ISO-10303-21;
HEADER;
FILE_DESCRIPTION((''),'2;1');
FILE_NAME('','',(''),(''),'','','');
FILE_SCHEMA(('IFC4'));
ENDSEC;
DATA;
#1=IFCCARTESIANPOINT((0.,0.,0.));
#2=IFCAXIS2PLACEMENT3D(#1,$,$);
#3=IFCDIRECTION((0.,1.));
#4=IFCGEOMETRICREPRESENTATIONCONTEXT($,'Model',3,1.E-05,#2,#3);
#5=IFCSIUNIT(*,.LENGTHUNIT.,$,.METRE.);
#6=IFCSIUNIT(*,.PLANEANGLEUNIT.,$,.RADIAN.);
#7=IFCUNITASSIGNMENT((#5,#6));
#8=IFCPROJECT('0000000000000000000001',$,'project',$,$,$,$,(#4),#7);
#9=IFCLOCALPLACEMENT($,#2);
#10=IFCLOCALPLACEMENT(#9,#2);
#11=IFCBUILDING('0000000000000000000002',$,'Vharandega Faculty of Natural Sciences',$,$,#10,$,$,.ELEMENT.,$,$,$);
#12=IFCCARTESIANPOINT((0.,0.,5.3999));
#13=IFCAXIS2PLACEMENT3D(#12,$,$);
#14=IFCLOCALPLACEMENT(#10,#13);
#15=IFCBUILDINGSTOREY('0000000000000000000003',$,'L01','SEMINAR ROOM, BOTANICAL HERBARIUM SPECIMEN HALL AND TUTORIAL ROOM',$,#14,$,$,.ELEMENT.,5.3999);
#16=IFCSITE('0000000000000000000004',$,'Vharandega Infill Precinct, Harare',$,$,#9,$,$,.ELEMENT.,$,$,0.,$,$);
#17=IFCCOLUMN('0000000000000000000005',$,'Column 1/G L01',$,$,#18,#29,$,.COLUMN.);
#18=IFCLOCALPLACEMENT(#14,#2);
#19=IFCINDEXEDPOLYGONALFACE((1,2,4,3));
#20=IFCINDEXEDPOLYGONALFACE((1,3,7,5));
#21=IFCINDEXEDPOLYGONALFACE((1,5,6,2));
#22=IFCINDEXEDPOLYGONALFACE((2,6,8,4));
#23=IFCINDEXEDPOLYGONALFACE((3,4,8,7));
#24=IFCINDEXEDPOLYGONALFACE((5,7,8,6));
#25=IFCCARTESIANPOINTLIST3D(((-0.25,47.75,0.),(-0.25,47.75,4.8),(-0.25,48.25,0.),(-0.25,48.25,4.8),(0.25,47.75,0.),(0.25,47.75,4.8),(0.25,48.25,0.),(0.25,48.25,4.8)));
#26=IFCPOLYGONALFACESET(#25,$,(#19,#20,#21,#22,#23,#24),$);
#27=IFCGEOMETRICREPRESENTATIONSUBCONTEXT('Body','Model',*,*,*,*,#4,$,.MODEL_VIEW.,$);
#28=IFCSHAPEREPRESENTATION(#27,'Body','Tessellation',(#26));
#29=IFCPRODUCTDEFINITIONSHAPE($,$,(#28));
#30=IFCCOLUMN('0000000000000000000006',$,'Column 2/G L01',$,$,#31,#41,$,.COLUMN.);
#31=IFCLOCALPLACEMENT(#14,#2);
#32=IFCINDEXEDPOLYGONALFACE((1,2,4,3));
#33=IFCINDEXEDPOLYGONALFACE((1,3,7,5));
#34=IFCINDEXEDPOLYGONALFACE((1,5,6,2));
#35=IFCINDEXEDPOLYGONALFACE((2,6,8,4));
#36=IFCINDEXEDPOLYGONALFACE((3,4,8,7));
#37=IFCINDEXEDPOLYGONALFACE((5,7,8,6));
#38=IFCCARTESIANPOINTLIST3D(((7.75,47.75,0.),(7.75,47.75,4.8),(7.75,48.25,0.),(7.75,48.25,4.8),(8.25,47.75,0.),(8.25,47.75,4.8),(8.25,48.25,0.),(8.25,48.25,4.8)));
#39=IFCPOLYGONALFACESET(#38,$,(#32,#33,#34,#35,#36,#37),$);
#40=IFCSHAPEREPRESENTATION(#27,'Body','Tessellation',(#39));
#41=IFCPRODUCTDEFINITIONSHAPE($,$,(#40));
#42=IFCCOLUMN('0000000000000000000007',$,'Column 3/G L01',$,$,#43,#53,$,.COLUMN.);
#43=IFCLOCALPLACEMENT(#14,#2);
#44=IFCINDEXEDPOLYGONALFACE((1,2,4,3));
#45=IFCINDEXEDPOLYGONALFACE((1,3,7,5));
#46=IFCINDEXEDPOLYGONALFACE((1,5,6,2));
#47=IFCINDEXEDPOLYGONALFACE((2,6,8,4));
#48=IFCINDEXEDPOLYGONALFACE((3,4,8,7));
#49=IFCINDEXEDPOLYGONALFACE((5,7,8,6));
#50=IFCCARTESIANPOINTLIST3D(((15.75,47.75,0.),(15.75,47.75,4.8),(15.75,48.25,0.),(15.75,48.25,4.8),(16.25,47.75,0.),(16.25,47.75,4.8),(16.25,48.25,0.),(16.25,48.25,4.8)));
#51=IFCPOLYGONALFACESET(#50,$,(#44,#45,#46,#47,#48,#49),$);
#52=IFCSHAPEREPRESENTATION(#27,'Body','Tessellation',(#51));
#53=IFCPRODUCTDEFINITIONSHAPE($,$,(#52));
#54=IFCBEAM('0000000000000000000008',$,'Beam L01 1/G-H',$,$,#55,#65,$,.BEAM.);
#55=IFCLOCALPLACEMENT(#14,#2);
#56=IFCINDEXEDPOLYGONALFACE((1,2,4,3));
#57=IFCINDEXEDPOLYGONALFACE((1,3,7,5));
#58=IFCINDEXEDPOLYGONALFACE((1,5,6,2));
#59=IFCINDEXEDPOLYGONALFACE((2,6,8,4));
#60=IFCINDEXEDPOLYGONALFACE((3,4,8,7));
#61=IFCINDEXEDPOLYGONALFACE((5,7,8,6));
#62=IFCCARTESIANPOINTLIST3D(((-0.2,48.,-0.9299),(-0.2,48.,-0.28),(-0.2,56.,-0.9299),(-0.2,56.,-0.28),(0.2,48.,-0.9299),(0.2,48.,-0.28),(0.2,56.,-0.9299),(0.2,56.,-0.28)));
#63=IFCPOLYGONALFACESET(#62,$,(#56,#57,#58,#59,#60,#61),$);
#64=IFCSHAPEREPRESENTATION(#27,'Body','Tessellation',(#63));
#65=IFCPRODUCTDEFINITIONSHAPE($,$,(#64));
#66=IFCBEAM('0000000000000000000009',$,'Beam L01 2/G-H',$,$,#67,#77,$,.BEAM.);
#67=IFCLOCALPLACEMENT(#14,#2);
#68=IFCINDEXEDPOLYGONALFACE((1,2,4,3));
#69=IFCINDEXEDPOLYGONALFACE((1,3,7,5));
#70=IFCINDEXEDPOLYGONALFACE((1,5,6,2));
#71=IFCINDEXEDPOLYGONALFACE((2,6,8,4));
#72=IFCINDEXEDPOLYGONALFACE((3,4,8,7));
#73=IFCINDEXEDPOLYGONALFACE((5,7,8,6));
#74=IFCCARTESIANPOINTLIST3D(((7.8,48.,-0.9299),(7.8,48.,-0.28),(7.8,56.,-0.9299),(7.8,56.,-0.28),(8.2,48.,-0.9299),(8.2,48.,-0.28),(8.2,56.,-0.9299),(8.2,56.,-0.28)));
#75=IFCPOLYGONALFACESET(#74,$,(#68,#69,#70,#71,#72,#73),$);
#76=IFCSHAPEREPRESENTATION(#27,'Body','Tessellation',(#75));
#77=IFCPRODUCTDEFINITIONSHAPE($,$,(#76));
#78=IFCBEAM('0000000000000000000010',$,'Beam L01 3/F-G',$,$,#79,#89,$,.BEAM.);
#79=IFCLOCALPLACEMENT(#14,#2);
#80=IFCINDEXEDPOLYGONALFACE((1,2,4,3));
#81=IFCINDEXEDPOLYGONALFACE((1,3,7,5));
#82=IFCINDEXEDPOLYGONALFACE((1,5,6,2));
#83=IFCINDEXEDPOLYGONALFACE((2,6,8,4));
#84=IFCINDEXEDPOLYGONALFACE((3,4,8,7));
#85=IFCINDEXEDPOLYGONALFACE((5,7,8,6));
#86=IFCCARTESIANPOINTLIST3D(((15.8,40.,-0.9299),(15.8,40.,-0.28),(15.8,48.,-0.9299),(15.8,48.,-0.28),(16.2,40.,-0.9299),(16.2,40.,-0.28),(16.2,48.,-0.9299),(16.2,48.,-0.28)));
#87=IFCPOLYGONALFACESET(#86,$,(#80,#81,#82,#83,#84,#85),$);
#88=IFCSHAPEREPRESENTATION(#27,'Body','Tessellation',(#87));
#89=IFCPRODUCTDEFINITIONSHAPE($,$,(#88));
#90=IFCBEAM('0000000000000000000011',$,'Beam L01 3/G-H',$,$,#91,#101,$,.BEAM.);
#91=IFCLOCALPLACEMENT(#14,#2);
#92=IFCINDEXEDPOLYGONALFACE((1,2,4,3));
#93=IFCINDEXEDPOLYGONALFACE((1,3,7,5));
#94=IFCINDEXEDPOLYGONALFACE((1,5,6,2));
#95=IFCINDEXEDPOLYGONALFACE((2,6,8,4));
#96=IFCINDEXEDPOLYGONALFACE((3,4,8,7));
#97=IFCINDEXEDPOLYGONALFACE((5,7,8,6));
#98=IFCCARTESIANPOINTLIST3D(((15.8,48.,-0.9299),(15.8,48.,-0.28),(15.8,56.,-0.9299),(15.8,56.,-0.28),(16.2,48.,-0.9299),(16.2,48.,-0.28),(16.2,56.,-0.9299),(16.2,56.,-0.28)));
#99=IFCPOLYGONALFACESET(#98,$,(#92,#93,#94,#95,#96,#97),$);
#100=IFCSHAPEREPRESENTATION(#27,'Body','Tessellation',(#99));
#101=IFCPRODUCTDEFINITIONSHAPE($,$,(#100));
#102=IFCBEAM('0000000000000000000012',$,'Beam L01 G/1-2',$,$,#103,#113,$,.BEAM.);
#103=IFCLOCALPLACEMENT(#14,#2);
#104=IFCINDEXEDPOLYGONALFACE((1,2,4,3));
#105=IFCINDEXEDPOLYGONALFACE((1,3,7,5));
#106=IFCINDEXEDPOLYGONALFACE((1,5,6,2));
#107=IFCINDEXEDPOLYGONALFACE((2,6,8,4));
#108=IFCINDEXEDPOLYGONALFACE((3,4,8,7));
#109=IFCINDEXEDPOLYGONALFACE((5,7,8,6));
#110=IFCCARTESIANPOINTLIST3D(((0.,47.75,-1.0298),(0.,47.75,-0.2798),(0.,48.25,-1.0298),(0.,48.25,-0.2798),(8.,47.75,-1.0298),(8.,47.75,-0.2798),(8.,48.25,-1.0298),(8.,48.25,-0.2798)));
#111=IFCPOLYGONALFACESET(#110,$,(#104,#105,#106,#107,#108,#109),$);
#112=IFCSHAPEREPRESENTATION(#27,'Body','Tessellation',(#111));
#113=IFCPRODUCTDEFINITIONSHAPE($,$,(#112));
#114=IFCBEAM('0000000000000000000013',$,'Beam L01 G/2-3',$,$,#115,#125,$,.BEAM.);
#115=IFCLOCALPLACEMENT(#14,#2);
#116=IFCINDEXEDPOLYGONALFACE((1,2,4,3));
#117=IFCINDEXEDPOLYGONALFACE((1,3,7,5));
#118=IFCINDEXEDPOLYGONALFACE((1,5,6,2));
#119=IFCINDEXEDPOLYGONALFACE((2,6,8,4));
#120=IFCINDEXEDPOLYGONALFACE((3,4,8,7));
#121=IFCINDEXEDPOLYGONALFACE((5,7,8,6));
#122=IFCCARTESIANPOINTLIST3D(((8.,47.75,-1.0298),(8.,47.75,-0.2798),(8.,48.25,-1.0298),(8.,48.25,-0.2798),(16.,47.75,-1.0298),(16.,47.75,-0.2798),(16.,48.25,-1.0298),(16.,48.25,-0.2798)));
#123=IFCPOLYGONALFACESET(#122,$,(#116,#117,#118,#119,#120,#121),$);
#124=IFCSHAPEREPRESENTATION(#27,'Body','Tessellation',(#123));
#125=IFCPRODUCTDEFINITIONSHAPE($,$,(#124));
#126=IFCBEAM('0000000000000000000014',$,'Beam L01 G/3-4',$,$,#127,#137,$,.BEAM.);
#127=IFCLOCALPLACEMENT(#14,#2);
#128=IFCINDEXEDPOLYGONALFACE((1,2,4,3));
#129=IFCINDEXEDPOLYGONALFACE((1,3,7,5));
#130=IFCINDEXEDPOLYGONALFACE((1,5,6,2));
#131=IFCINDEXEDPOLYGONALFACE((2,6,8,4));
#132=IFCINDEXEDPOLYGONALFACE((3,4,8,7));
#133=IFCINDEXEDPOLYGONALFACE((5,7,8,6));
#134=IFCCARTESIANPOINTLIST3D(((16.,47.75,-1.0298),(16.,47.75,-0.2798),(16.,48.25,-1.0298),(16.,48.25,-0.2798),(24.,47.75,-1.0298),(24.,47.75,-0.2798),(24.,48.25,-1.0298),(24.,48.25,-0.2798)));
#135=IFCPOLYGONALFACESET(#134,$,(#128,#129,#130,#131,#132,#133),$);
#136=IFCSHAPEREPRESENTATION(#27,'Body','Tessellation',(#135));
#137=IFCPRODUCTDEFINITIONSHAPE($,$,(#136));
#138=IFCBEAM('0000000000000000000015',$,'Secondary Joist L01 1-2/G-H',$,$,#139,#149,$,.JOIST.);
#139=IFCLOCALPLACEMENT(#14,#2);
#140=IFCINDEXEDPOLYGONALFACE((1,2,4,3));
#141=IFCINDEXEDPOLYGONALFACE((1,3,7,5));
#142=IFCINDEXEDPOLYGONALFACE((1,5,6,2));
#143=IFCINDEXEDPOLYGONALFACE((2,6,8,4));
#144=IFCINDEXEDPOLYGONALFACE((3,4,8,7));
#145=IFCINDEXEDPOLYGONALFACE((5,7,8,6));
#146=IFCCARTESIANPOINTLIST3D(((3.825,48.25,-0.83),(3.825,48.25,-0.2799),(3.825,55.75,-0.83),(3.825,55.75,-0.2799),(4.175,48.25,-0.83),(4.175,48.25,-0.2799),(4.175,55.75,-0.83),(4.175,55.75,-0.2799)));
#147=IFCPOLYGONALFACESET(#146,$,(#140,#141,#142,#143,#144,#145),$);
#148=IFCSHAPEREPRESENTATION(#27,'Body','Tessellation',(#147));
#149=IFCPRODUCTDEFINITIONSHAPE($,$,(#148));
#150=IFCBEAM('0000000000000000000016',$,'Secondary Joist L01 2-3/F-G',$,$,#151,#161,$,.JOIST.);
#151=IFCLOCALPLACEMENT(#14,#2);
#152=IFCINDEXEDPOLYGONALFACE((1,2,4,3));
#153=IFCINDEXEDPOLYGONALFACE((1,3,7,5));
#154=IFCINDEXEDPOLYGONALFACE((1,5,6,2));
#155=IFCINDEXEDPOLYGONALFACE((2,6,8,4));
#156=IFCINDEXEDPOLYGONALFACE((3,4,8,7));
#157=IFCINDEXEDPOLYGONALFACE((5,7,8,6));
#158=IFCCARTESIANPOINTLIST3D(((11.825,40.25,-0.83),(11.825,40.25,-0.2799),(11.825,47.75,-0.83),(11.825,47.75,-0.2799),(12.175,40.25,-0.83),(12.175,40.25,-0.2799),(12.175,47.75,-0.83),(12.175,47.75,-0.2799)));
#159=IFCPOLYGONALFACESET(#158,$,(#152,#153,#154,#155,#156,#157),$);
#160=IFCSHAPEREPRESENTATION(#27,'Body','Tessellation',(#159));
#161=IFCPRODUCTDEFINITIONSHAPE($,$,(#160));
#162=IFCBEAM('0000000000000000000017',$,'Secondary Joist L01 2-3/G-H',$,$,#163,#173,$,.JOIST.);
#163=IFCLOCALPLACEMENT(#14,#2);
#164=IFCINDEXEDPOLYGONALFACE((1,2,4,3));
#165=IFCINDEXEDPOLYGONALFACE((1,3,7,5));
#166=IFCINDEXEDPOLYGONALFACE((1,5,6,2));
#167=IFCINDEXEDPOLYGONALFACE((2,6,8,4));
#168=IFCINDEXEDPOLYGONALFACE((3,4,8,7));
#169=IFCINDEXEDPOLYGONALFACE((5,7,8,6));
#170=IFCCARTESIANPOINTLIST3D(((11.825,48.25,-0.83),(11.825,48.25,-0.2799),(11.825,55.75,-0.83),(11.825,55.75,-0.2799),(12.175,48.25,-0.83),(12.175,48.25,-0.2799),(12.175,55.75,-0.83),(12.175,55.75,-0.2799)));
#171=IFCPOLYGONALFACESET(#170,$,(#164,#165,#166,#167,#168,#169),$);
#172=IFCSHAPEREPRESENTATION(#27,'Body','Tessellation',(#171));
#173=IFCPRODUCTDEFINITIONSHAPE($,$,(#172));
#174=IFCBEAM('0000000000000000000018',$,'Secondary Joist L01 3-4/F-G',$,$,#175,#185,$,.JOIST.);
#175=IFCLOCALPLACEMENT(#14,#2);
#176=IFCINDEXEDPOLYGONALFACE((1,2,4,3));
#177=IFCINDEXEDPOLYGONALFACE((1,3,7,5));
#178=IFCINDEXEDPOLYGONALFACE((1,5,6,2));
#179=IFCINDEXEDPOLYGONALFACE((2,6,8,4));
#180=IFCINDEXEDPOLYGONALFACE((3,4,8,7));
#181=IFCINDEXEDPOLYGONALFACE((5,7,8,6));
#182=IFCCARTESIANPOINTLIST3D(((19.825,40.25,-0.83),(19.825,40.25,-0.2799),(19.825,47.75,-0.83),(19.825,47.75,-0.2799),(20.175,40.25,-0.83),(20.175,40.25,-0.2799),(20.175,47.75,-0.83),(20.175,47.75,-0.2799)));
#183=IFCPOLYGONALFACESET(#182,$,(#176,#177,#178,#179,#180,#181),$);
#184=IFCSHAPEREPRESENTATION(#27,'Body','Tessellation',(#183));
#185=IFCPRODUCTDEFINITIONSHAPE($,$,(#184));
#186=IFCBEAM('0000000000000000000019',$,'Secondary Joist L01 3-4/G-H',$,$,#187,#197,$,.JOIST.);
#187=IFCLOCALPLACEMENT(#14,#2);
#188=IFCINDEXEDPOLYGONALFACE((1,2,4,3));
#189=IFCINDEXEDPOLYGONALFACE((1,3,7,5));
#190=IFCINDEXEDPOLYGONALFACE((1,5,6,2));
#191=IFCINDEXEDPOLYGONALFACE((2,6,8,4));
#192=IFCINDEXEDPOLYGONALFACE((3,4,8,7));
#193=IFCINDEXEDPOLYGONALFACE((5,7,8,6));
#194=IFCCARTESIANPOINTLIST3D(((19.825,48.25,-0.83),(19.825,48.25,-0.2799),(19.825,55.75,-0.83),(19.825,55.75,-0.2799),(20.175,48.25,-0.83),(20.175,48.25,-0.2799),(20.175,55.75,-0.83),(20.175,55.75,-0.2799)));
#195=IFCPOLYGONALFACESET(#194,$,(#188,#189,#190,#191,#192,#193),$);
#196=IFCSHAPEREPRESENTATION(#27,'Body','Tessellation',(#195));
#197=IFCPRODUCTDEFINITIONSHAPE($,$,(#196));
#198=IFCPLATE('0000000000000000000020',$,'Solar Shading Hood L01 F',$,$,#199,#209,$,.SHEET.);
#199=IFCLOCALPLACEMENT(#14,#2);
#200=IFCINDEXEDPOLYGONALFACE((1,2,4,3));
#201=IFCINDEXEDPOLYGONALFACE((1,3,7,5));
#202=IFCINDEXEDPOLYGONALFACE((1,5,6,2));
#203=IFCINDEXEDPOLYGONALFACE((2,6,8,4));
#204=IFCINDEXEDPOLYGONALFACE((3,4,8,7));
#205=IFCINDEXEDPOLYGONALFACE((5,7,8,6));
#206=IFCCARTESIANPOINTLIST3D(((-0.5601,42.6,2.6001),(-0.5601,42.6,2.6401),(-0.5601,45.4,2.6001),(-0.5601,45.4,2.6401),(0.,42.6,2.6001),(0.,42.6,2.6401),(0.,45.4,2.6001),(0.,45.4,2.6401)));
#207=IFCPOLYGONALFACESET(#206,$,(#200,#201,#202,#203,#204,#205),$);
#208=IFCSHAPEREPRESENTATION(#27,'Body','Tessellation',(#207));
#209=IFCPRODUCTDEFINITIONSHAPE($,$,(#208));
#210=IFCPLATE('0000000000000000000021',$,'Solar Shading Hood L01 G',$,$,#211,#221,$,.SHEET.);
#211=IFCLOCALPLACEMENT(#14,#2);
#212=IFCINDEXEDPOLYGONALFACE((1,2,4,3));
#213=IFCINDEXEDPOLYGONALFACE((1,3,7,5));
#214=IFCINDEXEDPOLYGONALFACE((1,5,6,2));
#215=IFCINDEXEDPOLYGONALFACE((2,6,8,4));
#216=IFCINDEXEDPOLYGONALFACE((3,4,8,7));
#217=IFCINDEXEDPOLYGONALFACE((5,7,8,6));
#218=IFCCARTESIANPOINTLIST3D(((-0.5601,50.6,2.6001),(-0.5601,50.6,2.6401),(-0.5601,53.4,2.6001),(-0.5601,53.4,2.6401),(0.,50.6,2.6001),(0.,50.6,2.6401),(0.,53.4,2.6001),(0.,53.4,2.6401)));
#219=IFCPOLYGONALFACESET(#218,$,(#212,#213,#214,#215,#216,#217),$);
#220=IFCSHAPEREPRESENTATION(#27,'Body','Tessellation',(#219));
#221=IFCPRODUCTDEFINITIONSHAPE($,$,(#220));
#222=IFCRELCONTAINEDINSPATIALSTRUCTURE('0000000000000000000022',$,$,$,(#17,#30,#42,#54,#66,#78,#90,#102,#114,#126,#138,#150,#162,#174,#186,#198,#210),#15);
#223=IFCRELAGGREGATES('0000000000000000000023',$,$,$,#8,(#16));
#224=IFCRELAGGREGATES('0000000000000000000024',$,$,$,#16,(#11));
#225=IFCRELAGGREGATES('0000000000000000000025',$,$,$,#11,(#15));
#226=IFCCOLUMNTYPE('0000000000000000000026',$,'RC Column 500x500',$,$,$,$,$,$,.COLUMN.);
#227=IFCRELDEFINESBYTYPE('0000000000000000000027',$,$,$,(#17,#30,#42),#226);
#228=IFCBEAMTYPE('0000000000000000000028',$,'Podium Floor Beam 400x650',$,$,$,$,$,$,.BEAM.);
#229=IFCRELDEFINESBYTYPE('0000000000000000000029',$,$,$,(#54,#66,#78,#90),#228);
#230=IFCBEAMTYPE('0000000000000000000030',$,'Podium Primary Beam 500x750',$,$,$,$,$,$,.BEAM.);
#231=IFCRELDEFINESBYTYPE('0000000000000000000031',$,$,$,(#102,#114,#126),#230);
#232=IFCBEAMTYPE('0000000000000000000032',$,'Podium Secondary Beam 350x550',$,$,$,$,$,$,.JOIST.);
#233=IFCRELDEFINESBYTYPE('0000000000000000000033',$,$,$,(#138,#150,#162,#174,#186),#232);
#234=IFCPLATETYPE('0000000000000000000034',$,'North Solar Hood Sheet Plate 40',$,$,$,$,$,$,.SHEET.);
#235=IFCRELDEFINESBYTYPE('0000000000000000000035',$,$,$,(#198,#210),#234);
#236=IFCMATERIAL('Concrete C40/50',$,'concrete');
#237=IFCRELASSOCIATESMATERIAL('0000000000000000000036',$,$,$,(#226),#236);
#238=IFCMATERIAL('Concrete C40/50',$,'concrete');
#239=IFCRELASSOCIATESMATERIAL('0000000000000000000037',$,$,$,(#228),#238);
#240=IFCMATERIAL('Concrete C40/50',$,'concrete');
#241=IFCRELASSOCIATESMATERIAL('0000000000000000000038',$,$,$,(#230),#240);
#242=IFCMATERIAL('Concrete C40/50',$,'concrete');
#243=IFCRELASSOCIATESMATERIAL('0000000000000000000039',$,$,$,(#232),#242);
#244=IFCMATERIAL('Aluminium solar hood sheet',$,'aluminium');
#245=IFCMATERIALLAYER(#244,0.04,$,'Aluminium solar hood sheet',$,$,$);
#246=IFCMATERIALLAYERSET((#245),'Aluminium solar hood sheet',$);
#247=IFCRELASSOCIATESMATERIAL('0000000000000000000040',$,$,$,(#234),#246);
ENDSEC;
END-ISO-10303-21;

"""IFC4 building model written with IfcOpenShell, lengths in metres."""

from ifc_helpers import new_model, si_unit, direction, frame, origin, origin_2d, place, context, subcontext, project, spatial, rectangle, extrude, material, layer, layer_set, material_profile, profile_set, type_object, element, save


model = new_model("IFC4")

# Units and contexts
model_context = context("Model", 3, precision=1e-05, world=origin(), true_north=direction((0.0, 1.0)))
body_context = subcontext(model_context, "Body", "Model", "MODEL_VIEW")
ifc_project = project(units=[si_unit("LENGTHUNIT", "METRE"), si_unit("PLANEANGLEUNIT", "RADIAN")], contexts=[model_context])

# Site, building, storey
site_placement = place(None, origin())
site = spatial("IfcSite", under=ifc_project, at=site_placement, Name="Vharandega Infill Precinct, Harare", CompositionType="ELEMENT", RefElevation=0.0)
building_placement = place(site_placement, origin())
building = spatial("IfcBuilding", under=site, at=building_placement, Name="Vharandega Faculty of Natural Sciences", CompositionType="ELEMENT")
storey_placement = place(building_placement, frame((0.0, 0.0, 5.3999)))
storey = spatial("IfcBuildingStorey", under=building, at=storey_placement, Name="L01", Description="SEMINAR ROOM, BOTANICAL HERBARIUM SPECIMEN HALL AND TUTORIAL ROOM", CompositionType="ELEMENT", Elevation=5.3999)

# Columns
ifc_material_1 = material(Name="Concrete C40/50", Category="concrete")
ifc_material_profile_1 = material_profile(ifc_material_1, rectangle(XDim=0.5, YDim=0.5, at=origin_2d()), Name="RC 500x500")
ifc_profile_set_1 = profile_set([ifc_material_profile_1], Name="Concrete C40/50")
column_type = type_object("IfcColumnType", Name="RC Column 500x500", PredefinedType="COLUMN", material=ifc_profile_set_1)
for number, where, z_axis, x_axis, name in (
    (1, (0.0, 48.0, 0.0), (0.0, 0.0, 1.0), (1.0, 0.0, 0.0), "Column 1/G L01"),
    (2, (8.0, 48.0, 0.0), (0.0, 0.0, 1.0), (1.0, 0.0, 0.0), "Column 2/G L01"),
    (3, (16.0, 48.0, 0.0), (0.0, 0.0, 1.0), (1.0, 0.0, 0.0), "Column 3/G L01"),
):
    element("IfcColumn", number, at=place(storey_placement, frame(where, z_axis=z_axis, x_axis=x_axis)), inside=storey, type_object=column_type, Name=name, PredefinedType="COLUMN", context=body_context, shape_type="SweptSolid", body=[
        extrude(rectangle(XDim=0.5, YDim=0.5, at=origin_2d()), origin(), (0.0, 0.0, 1.0), 4.8),
    ])

# Beams
ifc_material_2 = material(Name="Concrete C40/50", Category="concrete")
ifc_material_profile_2 = material_profile(ifc_material_2, rectangle(XDim=0.3999, YDim=0.6499, at=origin_2d()), Name="RC 400x650")
ifc_profile_set_2 = profile_set([ifc_material_profile_2], Name="Concrete C40/50")
beam_type_1 = type_object("IfcBeamType", Name="Podium Floor Beam 400x650", PredefinedType="BEAM", material=ifc_profile_set_2)
for number, where, z_axis, x_axis, name in (
    (4, (0.0, 48.0, -0.605), (0.0, 1.0, 0.0), (-1.0, 0.0, 0.0), "Beam L01 1/G-H"),
    (5, (8.0, 48.0, -0.605), (0.0, 1.0, 0.0), (-1.0, 0.0, 0.0), "Beam L01 2/G-H"),
    (6, (16.0, 40.0, -0.605), (0.0, 1.0, 0.0), (-1.0, 0.0, 0.0), "Beam L01 3/F-G"),
    (7, (16.0, 48.0, -0.605), (0.0, 1.0, 0.0), (-1.0, 0.0, 0.0), "Beam L01 3/G-H"),
):
    element("IfcBeam", number, at=place(storey_placement, frame(where, z_axis=z_axis, x_axis=x_axis)), inside=storey, type_object=beam_type_1, Name=name, PredefinedType="BEAM", context=body_context, shape_type="SweptSolid", body=[
        extrude(rectangle(XDim=0.3999, YDim=0.6499, at=origin_2d()), origin(), (0.0, 0.0, 1.0), 8.0),
    ])
ifc_material_3 = material(Name="Concrete C40/50", Category="concrete")
ifc_material_profile_3 = material_profile(ifc_material_3, rectangle(XDim=0.5, YDim=0.75, at=origin_2d()), Name="RC 500x750")
ifc_profile_set_3 = profile_set([ifc_material_profile_3], Name="Concrete C40/50")
beam_type_2 = type_object("IfcBeamType", Name="Podium Primary Beam 500x750", PredefinedType="BEAM", material=ifc_profile_set_3)
for number, where, z_axis, x_axis, name in (
    (8, (0.0, 48.0, -0.6548), (1.0, 0.0, 0.0), (0.0, 1.0, 0.0), "Beam L01 G/1-2"),
    (9, (8.0, 48.0, -0.6548), (1.0, 0.0, 0.0), (0.0, 1.0, 0.0), "Beam L01 G/2-3"),
    (10, (16.0, 48.0, -0.6548), (1.0, 0.0, 0.0), (0.0, 1.0, 0.0), "Beam L01 G/3-4"),
):
    element("IfcBeam", number, at=place(storey_placement, frame(where, z_axis=z_axis, x_axis=x_axis)), inside=storey, type_object=beam_type_2, Name=name, PredefinedType="BEAM", context=body_context, shape_type="SweptSolid", body=[
        extrude(rectangle(XDim=0.5, YDim=0.75, at=origin_2d()), origin(), (0.0, 0.0, 1.0), 8.0),
    ])
ifc_material_4 = material(Name="Concrete C40/50", Category="concrete")
ifc_material_profile_4 = material_profile(ifc_material_4, rectangle(XDim=0.3501, YDim=0.55, at=origin_2d()), Name="RC 350x550")
ifc_profile_set_4 = profile_set([ifc_material_profile_4], Name="Concrete C40/50")
beam_type_3 = type_object("IfcBeamType", Name="Podium Secondary Beam 350x550", PredefinedType="JOIST", material=ifc_profile_set_4)
for number, where, z_axis, x_axis, name in (
    (11, (4.0, 48.25, -0.5549), (0.0, 1.0, 0.0), (-1.0, 0.0, 0.0), "Secondary Joist L01 1-2/G-H"),
    (12, (12.0, 40.25, -0.5549), (0.0, 1.0, 0.0), (-1.0, 0.0, 0.0), "Secondary Joist L01 2-3/F-G"),
    (13, (12.0, 48.25, -0.5549), (0.0, 1.0, 0.0), (-1.0, 0.0, 0.0), "Secondary Joist L01 2-3/G-H"),
    (14, (20.0, 40.25, -0.5549), (0.0, 1.0, 0.0), (-1.0, 0.0, 0.0), "Secondary Joist L01 3-4/F-G"),
    (15, (20.0, 48.25, -0.5549), (0.0, 1.0, 0.0), (-1.0, 0.0, 0.0), "Secondary Joist L01 3-4/G-H"),
):
    element("IfcBeam", number, at=place(storey_placement, frame(where, z_axis=z_axis, x_axis=x_axis)), inside=storey, type_object=beam_type_3, Name=name, PredefinedType="JOIST", context=body_context, shape_type="SweptSolid", body=[
        extrude(rectangle(XDim=0.3501, YDim=0.55, at=origin_2d()), origin(), (0.0, 0.0, 1.0), 7.5),
    ])

# Plates
ifc_material_5 = material(Name="Aluminium solar hood sheet", Category="aluminium")
ifc_layer_1 = layer(ifc_material_5, 0.04, Name="Aluminium solar hood sheet")
ifc_layer_set_1 = layer_set([ifc_layer_1], Name="Aluminium solar hood sheet")
plate_type = type_object("IfcPlateType", Name="North Solar Hood Sheet Plate 40", PredefinedType="SHEET", material=ifc_layer_set_1)
for number, where, z_axis, x_axis, name in (
    (16, (-0.28, 44.0, 2.6001), (0.0, 0.0, 1.0), (1.0, 0.0, 0.0), "Solar Shading Hood L01 F"),
    (17, (-0.28, 52.0, 2.6001), (0.0, 0.0, 1.0), (1.0, 0.0, 0.0), "Solar Shading Hood L01 G"),
):
    element("IfcPlate", number, at=place(storey_placement, frame(where, z_axis=z_axis, x_axis=x_axis)), inside=storey, type_object=plate_type, Name=name, PredefinedType="SHEET", context=body_context, shape_type="SweptSolid", body=[
        extrude(rectangle(XDim=0.5601, YDim=2.8, at=origin_2d()), origin(), (0.0, 0.0, 1.0), 0.04),
    ])

save(model, "model.ifc")
